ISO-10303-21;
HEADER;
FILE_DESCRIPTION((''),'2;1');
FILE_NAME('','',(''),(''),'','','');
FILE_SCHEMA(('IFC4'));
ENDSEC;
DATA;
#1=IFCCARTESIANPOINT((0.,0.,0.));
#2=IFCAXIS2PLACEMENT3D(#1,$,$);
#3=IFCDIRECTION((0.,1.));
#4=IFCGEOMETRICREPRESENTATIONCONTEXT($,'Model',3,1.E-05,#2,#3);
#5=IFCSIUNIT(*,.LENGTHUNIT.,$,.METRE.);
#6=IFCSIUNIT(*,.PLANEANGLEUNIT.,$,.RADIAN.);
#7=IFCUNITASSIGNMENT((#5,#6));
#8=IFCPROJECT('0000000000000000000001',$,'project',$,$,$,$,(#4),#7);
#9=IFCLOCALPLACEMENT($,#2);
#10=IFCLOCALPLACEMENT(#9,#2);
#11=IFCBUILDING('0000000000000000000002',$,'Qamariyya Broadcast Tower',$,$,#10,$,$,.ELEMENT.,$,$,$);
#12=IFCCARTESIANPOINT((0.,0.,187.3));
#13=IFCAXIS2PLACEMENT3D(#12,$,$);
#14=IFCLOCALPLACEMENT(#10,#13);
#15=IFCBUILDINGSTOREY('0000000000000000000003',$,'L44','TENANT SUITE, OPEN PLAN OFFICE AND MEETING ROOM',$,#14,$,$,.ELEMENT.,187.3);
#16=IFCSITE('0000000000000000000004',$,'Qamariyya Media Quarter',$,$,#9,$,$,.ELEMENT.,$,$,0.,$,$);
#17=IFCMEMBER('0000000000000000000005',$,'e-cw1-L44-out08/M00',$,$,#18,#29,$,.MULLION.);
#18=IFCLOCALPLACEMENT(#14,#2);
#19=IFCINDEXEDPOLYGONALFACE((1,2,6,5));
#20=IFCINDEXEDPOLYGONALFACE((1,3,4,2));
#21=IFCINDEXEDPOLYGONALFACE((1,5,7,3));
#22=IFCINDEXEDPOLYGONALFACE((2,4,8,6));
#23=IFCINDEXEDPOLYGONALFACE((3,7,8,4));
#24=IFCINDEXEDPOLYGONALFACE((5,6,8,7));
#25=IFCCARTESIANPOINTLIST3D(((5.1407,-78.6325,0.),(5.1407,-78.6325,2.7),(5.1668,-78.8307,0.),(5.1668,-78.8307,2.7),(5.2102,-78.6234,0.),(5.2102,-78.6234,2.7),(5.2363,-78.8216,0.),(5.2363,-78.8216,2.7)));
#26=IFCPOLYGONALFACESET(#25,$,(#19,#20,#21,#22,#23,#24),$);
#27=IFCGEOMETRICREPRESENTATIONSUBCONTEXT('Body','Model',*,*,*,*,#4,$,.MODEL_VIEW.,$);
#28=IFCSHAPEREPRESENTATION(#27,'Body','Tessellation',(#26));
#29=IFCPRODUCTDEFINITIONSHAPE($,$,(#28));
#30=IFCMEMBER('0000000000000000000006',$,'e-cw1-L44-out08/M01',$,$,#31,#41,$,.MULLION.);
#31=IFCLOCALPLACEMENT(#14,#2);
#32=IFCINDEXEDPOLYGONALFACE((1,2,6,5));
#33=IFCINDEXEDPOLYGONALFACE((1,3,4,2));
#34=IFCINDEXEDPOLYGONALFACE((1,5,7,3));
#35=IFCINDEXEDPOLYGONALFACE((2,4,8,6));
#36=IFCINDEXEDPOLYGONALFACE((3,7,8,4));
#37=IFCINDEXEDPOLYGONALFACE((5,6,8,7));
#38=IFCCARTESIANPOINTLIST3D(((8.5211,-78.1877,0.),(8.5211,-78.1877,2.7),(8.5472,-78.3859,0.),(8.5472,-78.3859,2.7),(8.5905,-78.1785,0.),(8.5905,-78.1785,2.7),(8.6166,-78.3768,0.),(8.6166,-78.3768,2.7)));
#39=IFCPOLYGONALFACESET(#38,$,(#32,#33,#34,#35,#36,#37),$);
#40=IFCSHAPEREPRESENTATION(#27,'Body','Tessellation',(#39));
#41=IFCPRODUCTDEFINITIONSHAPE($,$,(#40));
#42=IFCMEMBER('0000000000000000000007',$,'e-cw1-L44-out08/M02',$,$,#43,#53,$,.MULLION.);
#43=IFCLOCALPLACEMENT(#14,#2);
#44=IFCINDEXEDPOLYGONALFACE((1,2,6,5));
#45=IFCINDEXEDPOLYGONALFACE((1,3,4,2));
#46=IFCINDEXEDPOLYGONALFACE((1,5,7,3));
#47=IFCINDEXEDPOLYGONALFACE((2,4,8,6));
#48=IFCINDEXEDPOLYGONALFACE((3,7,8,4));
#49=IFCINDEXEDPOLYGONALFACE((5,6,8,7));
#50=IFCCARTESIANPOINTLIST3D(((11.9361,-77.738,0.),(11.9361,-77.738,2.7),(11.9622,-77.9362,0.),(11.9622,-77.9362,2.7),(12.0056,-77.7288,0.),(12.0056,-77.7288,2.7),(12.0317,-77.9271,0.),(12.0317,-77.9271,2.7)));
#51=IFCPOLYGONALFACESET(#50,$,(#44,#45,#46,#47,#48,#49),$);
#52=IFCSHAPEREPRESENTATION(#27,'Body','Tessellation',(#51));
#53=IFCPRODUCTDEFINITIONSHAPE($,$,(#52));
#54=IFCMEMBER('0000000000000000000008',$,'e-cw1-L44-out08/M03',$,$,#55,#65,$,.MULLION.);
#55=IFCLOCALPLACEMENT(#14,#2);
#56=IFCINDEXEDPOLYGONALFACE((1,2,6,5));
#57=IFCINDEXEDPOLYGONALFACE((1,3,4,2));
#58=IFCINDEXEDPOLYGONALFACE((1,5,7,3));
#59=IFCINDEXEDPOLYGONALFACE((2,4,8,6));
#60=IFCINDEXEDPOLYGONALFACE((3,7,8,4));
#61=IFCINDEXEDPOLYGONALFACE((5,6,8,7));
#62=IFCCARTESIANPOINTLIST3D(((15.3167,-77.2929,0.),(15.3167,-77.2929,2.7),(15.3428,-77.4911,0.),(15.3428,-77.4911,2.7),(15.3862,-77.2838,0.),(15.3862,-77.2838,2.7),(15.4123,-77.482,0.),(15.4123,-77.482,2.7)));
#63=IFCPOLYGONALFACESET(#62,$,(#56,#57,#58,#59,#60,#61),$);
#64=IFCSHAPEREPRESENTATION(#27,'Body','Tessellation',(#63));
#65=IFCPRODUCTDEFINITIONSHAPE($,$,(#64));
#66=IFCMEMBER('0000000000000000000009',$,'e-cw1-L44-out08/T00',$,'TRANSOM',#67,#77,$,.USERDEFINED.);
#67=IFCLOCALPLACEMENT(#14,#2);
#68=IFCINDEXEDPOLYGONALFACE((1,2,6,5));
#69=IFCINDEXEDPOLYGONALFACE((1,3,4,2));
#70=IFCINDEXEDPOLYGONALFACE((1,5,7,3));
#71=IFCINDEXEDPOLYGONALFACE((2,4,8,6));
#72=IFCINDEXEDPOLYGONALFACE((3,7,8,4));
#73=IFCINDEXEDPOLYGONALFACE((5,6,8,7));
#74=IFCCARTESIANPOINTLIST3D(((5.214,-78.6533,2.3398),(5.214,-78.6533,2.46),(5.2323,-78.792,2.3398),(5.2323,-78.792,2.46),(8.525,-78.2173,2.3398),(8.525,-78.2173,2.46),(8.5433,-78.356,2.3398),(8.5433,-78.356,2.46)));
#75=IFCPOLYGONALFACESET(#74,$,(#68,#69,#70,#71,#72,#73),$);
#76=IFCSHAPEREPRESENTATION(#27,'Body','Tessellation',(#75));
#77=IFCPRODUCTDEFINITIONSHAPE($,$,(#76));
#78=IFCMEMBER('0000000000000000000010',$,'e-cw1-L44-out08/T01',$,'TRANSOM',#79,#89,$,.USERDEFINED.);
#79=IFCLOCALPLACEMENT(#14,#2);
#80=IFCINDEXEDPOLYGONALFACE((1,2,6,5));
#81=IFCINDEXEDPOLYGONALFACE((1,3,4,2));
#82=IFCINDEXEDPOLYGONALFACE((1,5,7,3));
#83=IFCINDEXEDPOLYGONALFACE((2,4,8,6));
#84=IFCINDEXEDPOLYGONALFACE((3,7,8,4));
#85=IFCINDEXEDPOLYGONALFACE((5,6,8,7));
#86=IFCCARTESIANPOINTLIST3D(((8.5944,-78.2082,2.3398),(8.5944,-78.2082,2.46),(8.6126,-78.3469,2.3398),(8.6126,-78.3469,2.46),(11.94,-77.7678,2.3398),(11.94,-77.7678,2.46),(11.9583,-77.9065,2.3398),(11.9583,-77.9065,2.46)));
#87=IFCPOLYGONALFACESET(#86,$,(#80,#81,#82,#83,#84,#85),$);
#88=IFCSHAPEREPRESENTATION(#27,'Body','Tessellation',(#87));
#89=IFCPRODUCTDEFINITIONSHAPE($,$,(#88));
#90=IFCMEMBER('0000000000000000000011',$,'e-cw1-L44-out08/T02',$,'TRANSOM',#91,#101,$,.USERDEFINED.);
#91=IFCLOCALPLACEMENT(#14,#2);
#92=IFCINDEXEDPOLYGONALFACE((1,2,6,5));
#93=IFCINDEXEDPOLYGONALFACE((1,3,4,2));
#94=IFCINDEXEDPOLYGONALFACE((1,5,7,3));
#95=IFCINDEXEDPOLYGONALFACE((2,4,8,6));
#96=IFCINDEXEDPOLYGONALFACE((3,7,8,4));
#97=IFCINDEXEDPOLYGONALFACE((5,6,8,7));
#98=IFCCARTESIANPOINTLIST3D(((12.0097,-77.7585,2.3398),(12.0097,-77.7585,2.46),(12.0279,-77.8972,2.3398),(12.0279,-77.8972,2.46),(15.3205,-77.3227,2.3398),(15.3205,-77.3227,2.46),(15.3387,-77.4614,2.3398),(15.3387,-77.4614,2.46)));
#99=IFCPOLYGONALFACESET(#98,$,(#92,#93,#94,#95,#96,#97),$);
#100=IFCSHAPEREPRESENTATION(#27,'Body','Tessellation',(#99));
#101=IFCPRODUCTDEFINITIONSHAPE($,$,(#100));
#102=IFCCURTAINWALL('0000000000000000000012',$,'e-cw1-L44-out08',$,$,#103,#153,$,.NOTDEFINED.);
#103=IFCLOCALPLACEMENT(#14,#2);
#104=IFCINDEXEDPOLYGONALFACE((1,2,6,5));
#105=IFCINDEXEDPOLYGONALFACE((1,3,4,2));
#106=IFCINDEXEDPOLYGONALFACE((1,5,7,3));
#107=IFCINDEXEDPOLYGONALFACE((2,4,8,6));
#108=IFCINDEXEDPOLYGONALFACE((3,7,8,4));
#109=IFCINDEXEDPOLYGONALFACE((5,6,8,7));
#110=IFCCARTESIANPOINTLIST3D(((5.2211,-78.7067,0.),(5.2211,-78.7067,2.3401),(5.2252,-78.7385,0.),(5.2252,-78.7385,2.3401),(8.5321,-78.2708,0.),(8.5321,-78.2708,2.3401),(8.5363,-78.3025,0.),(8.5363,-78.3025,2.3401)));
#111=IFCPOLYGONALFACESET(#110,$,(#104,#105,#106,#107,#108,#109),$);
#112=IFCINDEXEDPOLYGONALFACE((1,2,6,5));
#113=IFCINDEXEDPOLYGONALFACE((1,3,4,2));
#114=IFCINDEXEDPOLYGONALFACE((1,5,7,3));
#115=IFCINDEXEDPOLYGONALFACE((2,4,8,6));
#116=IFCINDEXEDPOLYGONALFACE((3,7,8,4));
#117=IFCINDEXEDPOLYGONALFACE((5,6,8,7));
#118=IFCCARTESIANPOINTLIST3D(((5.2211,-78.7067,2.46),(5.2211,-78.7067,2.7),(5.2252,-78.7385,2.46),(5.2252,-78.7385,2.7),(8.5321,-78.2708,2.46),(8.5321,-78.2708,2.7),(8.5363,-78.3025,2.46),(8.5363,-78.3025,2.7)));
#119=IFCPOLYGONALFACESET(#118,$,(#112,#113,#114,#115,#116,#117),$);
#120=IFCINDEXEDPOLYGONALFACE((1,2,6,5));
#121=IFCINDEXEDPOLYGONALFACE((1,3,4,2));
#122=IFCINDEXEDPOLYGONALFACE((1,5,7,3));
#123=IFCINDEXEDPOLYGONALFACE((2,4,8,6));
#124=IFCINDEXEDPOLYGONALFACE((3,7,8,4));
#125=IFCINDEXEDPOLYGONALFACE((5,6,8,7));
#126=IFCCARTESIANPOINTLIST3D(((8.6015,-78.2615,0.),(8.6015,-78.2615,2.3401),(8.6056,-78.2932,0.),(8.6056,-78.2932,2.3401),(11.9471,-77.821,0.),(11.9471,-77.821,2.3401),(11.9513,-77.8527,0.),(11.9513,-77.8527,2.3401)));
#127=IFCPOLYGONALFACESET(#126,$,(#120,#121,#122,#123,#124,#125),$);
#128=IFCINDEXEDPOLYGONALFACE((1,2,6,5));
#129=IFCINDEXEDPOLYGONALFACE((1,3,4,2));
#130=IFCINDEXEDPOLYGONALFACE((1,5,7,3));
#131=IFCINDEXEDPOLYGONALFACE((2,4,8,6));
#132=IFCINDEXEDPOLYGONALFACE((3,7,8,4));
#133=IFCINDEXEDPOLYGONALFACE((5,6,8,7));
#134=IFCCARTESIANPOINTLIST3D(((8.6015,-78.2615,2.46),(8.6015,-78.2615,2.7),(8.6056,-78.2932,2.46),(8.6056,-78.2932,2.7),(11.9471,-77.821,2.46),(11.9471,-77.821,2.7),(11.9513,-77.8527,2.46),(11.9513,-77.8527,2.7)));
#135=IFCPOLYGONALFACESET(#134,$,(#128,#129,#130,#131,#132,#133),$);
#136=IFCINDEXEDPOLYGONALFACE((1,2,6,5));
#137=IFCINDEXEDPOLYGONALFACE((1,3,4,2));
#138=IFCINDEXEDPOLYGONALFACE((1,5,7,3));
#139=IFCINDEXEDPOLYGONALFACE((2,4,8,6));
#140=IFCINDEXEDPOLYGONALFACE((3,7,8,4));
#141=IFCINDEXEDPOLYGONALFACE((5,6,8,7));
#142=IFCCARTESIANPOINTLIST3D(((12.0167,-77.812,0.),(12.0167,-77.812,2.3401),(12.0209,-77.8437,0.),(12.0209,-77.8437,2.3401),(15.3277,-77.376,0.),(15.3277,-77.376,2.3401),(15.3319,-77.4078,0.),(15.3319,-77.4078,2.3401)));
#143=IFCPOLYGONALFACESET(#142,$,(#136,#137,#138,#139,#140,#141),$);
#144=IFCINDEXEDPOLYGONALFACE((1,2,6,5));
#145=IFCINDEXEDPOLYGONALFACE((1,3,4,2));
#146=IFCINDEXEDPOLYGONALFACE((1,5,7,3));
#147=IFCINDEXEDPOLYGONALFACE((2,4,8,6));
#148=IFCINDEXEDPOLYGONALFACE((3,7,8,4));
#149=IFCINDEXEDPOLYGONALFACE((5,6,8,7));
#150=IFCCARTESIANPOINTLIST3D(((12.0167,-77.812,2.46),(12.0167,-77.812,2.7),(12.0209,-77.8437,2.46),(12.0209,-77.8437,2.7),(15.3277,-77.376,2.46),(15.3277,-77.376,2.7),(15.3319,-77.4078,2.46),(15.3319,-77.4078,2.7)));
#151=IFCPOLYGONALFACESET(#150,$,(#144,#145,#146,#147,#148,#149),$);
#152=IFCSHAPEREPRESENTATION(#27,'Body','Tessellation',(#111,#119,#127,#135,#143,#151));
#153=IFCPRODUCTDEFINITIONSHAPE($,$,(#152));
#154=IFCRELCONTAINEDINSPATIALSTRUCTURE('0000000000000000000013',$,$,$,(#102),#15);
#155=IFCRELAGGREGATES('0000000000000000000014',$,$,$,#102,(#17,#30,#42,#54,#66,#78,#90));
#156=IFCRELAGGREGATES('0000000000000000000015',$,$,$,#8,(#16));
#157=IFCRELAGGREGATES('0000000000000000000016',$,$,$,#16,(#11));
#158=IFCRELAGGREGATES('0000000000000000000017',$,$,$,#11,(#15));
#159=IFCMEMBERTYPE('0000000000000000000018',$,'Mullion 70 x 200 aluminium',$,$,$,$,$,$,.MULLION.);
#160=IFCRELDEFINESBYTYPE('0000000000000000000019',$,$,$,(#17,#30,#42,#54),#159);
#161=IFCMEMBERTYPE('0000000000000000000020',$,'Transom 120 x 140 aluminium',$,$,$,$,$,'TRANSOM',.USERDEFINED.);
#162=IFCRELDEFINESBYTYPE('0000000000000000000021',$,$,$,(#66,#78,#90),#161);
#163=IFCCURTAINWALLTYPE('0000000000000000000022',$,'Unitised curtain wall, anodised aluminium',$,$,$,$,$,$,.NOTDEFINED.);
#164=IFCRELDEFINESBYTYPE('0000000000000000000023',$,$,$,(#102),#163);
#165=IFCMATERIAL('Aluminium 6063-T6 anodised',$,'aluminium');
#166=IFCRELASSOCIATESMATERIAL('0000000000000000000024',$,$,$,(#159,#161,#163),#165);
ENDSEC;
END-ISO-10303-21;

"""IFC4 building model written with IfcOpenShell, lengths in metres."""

from ifc_helpers import new_model, si_unit, direction, frame, origin, origin_2d, place, context, subcontext, project, spatial, rectangle, extrude, material, material_profile, profile_set, type_object, element, aggregate, save


model = new_model("IFC4")

# Units and contexts
model_context = context("Model", 3, precision=1e-05, world=origin(), true_north=direction((0.0, 1.0)))
body_context = subcontext(model_context, "Body", "Model", "MODEL_VIEW")
ifc_project = project(units=[si_unit("LENGTHUNIT", "METRE"), si_unit("PLANEANGLEUNIT", "RADIAN")], contexts=[model_context])

# Members
ifc_material = material(Name="Aluminium 6063-T6 anodised", Category="aluminium")
ifc_material_profile_1 = material_profile(ifc_material, rectangle(XDim=0.2, YDim=0.0701, at=origin_2d()))
ifc_profile_set_1 = profile_set([ifc_material_profile_1], Name="Aluminium 6063-T6 anodised")
member_type_1 = type_object("IfcMemberType", Name="Mullion 70 x 200 aluminium", PredefinedType="MULLION", material=ifc_profile_set_1)
site_placement = place(None, origin())
building_placement = place(site_placement, origin())
storey_placement = place(building_placement, frame((0.0, 0.0, 187.3)))
member_1_placement = place(storey_placement, frame((5.1885, -78.7271, 0.0), z_axis=(0.0, 0.0, 1.0), x_axis=(-0.130526, 0.991445, 0.0)))
member_1 = element("IfcMember", 1, at=member_1_placement, type_object=member_type_1, Name="e-cw1-L44-out08/M00", PredefinedType="MULLION", context=body_context, shape_type="SweptSolid", body=[
    extrude(rectangle(XDim=0.2, YDim=0.0701, at=origin_2d()), origin(), (0.0, 0.0, 1.0), 2.7),
])
member_2_placement = place(storey_placement, frame((8.5688, -78.2822, 0.0), z_axis=(0.0, 0.0, 1.0), x_axis=(-0.130526, 0.991445, 0.0)))
member_2 = element("IfcMember", 2, at=member_2_placement, type_object=member_type_1, Name="e-cw1-L44-out08/M01", PredefinedType="MULLION", context=body_context, shape_type="SweptSolid", body=[
    extrude(rectangle(XDim=0.2, YDim=0.0701, at=origin_2d()), origin(), (0.0, 0.0, 1.0), 2.7),
])
member_3_placement = place(storey_placement, frame((11.9839, -77.8325, 0.0), z_axis=(0.0, 0.0, 1.0), x_axis=(-0.130526, 0.991445, 0.0)))
member_3 = element("IfcMember", 3, at=member_3_placement, type_object=member_type_1, Name="e-cw1-L44-out08/M02", PredefinedType="MULLION", context=body_context, shape_type="SweptSolid", body=[
    extrude(rectangle(XDim=0.2, YDim=0.0701, at=origin_2d()), origin(), (0.0, 0.0, 1.0), 2.7),
])
member_4_placement = place(storey_placement, frame((15.3645, -77.3875, 0.0), z_axis=(0.0, 0.0, 1.0), x_axis=(-0.130526, 0.991445, 0.0)))
member_4 = element("IfcMember", 4, at=member_4_placement, type_object=member_type_1, Name="e-cw1-L44-out08/M03", PredefinedType="MULLION", context=body_context, shape_type="SweptSolid", body=[
    extrude(rectangle(XDim=0.2, YDim=0.0701, at=origin_2d()), origin(), (0.0, 0.0, 1.0), 2.7),
])
ifc_material_profile_2 = material_profile(ifc_material, rectangle(XDim=0.1399, YDim=0.1201, at=origin_2d()))
ifc_profile_set_2 = profile_set([ifc_material_profile_2], Name="Aluminium 6063-T6 anodised")
member_type_2 = type_object("IfcMemberType", Name="Transom 120 x 140 aluminium", ElementType="TRANSOM", PredefinedType="USERDEFINED", material=ifc_profile_set_2)
member_5_placement = place(storey_placement, frame((5.2231, -78.7227, 2.3999), z_axis=(0.99144, 0.130564, 0.0), x_axis=(-0.130564, 0.99144, 0.0)))
member_5 = element("IfcMember", 5, at=member_5_placement, type_object=member_type_2, Name="e-cw1-L44-out08/T00", ObjectType="TRANSOM", PredefinedType="USERDEFINED", context=body_context, shape_type="SweptSolid", body=[
    extrude(rectangle(XDim=0.1399, YDim=0.1201, at=origin_2d()), origin(), (0.0, 0.0, 1.0), 3.3396),
])
member_6_placement = place(storey_placement, frame((8.6035, -78.2776, 2.3999), z_axis=(0.991446, 0.130514, 0.0), x_axis=(-0.130514, 0.991446, 0.0)))
member_6 = element("IfcMember", 6, at=member_6_placement, type_object=member_type_2, Name="e-cw1-L44-out08/T01", ObjectType="TRANSOM", PredefinedType="USERDEFINED", context=body_context, shape_type="SweptSolid", body=[
    extrude(rectangle(XDim=0.1399, YDim=0.1201, at=origin_2d()), origin(), (0.0, 0.0, 1.0), 3.3745),
])
member_7_placement = place(storey_placement, frame((12.0188, -77.8279, 2.3999), z_axis=(0.991448, 0.130502, 0.0), x_axis=(-0.130502, 0.991448, 0.0)))
member_7 = element("IfcMember", 7, at=member_7_placement, type_object=member_type_2, Name="e-cw1-L44-out08/T02", ObjectType="TRANSOM", PredefinedType="USERDEFINED", context=body_context, shape_type="SweptSolid", body=[
    extrude(rectangle(XDim=0.1399, YDim=0.1201, at=origin_2d()), origin(), (0.0, 0.0, 1.0), 3.3394),
])

# Site, building, storey
site = spatial("IfcSite", under=ifc_project, at=site_placement, Name="Qamariyya Media Quarter", CompositionType="ELEMENT", RefElevation=0.0)
building = spatial("IfcBuilding", under=site, at=building_placement, Name="Qamariyya Broadcast Tower", CompositionType="ELEMENT")
storey = spatial("IfcBuildingStorey", under=building, at=storey_placement, Name="L44", Description="TENANT SUITE, OPEN PLAN OFFICE AND MEETING ROOM", CompositionType="ELEMENT", Elevation=187.3)

# Curtain wall
curtain_wall_type = type_object("IfcCurtainWallType", Name="Unitised curtain wall, anodised aluminium", PredefinedType="NOTDEFINED", material=ifc_material)
curtain_wall_1_placement = place(storey_placement, origin())
curtain_wall_1 = element("IfcCurtainWall", 8, at=curtain_wall_1_placement, inside=storey, type_object=curtain_wall_type, Name="e-cw1-L44-out08", PredefinedType="NOTDEFINED", context=body_context, shape_type="SweptSolid", body=[
    extrude(rectangle(XDim=3.3396, YDim=0.032, at=origin_2d()), frame((6.8787, -78.5046, 0.0), x_axis=(0.991444, 0.130531, 0.0)), (0.0, 0.0, 1.0), 2.3401),
    extrude(rectangle(XDim=3.3396, YDim=0.032, at=origin_2d()), frame((6.8787, -78.5046, 2.46), x_axis=(0.991444, 0.130531, 0.0)), (0.0, 0.0, 1.0), 0.24),
    extrude(rectangle(XDim=3.3745, YDim=0.032, at=origin_2d()), frame((10.2764, -78.0571, 0.0), x_axis=(0.991444, 0.130531, 0.0)), (0.0, 0.0, 1.0), 2.3401),
    extrude(rectangle(XDim=3.3745, YDim=0.032, at=origin_2d()), frame((10.2764, -78.0571, 2.46), x_axis=(0.991444, 0.130531, 0.0)), (0.0, 0.0, 1.0), 0.24),
    extrude(rectangle(XDim=3.3396, YDim=0.032, at=origin_2d()), frame((13.6743, -77.6099, 0.0), x_axis=(0.991444, 0.130531, 0.0)), (0.0, 0.0, 1.0), 2.3401),
    extrude(rectangle(XDim=3.3396, YDim=0.032, at=origin_2d()), frame((13.6743, -77.6099, 2.46), x_axis=(0.991444, 0.130531, 0.0)), (0.0, 0.0, 1.0), 0.24),
])
aggregate(curtain_wall_1, [member_1, member_2, member_3, member_4, member_5, member_6, member_7])

save(model, "model.ifc")
